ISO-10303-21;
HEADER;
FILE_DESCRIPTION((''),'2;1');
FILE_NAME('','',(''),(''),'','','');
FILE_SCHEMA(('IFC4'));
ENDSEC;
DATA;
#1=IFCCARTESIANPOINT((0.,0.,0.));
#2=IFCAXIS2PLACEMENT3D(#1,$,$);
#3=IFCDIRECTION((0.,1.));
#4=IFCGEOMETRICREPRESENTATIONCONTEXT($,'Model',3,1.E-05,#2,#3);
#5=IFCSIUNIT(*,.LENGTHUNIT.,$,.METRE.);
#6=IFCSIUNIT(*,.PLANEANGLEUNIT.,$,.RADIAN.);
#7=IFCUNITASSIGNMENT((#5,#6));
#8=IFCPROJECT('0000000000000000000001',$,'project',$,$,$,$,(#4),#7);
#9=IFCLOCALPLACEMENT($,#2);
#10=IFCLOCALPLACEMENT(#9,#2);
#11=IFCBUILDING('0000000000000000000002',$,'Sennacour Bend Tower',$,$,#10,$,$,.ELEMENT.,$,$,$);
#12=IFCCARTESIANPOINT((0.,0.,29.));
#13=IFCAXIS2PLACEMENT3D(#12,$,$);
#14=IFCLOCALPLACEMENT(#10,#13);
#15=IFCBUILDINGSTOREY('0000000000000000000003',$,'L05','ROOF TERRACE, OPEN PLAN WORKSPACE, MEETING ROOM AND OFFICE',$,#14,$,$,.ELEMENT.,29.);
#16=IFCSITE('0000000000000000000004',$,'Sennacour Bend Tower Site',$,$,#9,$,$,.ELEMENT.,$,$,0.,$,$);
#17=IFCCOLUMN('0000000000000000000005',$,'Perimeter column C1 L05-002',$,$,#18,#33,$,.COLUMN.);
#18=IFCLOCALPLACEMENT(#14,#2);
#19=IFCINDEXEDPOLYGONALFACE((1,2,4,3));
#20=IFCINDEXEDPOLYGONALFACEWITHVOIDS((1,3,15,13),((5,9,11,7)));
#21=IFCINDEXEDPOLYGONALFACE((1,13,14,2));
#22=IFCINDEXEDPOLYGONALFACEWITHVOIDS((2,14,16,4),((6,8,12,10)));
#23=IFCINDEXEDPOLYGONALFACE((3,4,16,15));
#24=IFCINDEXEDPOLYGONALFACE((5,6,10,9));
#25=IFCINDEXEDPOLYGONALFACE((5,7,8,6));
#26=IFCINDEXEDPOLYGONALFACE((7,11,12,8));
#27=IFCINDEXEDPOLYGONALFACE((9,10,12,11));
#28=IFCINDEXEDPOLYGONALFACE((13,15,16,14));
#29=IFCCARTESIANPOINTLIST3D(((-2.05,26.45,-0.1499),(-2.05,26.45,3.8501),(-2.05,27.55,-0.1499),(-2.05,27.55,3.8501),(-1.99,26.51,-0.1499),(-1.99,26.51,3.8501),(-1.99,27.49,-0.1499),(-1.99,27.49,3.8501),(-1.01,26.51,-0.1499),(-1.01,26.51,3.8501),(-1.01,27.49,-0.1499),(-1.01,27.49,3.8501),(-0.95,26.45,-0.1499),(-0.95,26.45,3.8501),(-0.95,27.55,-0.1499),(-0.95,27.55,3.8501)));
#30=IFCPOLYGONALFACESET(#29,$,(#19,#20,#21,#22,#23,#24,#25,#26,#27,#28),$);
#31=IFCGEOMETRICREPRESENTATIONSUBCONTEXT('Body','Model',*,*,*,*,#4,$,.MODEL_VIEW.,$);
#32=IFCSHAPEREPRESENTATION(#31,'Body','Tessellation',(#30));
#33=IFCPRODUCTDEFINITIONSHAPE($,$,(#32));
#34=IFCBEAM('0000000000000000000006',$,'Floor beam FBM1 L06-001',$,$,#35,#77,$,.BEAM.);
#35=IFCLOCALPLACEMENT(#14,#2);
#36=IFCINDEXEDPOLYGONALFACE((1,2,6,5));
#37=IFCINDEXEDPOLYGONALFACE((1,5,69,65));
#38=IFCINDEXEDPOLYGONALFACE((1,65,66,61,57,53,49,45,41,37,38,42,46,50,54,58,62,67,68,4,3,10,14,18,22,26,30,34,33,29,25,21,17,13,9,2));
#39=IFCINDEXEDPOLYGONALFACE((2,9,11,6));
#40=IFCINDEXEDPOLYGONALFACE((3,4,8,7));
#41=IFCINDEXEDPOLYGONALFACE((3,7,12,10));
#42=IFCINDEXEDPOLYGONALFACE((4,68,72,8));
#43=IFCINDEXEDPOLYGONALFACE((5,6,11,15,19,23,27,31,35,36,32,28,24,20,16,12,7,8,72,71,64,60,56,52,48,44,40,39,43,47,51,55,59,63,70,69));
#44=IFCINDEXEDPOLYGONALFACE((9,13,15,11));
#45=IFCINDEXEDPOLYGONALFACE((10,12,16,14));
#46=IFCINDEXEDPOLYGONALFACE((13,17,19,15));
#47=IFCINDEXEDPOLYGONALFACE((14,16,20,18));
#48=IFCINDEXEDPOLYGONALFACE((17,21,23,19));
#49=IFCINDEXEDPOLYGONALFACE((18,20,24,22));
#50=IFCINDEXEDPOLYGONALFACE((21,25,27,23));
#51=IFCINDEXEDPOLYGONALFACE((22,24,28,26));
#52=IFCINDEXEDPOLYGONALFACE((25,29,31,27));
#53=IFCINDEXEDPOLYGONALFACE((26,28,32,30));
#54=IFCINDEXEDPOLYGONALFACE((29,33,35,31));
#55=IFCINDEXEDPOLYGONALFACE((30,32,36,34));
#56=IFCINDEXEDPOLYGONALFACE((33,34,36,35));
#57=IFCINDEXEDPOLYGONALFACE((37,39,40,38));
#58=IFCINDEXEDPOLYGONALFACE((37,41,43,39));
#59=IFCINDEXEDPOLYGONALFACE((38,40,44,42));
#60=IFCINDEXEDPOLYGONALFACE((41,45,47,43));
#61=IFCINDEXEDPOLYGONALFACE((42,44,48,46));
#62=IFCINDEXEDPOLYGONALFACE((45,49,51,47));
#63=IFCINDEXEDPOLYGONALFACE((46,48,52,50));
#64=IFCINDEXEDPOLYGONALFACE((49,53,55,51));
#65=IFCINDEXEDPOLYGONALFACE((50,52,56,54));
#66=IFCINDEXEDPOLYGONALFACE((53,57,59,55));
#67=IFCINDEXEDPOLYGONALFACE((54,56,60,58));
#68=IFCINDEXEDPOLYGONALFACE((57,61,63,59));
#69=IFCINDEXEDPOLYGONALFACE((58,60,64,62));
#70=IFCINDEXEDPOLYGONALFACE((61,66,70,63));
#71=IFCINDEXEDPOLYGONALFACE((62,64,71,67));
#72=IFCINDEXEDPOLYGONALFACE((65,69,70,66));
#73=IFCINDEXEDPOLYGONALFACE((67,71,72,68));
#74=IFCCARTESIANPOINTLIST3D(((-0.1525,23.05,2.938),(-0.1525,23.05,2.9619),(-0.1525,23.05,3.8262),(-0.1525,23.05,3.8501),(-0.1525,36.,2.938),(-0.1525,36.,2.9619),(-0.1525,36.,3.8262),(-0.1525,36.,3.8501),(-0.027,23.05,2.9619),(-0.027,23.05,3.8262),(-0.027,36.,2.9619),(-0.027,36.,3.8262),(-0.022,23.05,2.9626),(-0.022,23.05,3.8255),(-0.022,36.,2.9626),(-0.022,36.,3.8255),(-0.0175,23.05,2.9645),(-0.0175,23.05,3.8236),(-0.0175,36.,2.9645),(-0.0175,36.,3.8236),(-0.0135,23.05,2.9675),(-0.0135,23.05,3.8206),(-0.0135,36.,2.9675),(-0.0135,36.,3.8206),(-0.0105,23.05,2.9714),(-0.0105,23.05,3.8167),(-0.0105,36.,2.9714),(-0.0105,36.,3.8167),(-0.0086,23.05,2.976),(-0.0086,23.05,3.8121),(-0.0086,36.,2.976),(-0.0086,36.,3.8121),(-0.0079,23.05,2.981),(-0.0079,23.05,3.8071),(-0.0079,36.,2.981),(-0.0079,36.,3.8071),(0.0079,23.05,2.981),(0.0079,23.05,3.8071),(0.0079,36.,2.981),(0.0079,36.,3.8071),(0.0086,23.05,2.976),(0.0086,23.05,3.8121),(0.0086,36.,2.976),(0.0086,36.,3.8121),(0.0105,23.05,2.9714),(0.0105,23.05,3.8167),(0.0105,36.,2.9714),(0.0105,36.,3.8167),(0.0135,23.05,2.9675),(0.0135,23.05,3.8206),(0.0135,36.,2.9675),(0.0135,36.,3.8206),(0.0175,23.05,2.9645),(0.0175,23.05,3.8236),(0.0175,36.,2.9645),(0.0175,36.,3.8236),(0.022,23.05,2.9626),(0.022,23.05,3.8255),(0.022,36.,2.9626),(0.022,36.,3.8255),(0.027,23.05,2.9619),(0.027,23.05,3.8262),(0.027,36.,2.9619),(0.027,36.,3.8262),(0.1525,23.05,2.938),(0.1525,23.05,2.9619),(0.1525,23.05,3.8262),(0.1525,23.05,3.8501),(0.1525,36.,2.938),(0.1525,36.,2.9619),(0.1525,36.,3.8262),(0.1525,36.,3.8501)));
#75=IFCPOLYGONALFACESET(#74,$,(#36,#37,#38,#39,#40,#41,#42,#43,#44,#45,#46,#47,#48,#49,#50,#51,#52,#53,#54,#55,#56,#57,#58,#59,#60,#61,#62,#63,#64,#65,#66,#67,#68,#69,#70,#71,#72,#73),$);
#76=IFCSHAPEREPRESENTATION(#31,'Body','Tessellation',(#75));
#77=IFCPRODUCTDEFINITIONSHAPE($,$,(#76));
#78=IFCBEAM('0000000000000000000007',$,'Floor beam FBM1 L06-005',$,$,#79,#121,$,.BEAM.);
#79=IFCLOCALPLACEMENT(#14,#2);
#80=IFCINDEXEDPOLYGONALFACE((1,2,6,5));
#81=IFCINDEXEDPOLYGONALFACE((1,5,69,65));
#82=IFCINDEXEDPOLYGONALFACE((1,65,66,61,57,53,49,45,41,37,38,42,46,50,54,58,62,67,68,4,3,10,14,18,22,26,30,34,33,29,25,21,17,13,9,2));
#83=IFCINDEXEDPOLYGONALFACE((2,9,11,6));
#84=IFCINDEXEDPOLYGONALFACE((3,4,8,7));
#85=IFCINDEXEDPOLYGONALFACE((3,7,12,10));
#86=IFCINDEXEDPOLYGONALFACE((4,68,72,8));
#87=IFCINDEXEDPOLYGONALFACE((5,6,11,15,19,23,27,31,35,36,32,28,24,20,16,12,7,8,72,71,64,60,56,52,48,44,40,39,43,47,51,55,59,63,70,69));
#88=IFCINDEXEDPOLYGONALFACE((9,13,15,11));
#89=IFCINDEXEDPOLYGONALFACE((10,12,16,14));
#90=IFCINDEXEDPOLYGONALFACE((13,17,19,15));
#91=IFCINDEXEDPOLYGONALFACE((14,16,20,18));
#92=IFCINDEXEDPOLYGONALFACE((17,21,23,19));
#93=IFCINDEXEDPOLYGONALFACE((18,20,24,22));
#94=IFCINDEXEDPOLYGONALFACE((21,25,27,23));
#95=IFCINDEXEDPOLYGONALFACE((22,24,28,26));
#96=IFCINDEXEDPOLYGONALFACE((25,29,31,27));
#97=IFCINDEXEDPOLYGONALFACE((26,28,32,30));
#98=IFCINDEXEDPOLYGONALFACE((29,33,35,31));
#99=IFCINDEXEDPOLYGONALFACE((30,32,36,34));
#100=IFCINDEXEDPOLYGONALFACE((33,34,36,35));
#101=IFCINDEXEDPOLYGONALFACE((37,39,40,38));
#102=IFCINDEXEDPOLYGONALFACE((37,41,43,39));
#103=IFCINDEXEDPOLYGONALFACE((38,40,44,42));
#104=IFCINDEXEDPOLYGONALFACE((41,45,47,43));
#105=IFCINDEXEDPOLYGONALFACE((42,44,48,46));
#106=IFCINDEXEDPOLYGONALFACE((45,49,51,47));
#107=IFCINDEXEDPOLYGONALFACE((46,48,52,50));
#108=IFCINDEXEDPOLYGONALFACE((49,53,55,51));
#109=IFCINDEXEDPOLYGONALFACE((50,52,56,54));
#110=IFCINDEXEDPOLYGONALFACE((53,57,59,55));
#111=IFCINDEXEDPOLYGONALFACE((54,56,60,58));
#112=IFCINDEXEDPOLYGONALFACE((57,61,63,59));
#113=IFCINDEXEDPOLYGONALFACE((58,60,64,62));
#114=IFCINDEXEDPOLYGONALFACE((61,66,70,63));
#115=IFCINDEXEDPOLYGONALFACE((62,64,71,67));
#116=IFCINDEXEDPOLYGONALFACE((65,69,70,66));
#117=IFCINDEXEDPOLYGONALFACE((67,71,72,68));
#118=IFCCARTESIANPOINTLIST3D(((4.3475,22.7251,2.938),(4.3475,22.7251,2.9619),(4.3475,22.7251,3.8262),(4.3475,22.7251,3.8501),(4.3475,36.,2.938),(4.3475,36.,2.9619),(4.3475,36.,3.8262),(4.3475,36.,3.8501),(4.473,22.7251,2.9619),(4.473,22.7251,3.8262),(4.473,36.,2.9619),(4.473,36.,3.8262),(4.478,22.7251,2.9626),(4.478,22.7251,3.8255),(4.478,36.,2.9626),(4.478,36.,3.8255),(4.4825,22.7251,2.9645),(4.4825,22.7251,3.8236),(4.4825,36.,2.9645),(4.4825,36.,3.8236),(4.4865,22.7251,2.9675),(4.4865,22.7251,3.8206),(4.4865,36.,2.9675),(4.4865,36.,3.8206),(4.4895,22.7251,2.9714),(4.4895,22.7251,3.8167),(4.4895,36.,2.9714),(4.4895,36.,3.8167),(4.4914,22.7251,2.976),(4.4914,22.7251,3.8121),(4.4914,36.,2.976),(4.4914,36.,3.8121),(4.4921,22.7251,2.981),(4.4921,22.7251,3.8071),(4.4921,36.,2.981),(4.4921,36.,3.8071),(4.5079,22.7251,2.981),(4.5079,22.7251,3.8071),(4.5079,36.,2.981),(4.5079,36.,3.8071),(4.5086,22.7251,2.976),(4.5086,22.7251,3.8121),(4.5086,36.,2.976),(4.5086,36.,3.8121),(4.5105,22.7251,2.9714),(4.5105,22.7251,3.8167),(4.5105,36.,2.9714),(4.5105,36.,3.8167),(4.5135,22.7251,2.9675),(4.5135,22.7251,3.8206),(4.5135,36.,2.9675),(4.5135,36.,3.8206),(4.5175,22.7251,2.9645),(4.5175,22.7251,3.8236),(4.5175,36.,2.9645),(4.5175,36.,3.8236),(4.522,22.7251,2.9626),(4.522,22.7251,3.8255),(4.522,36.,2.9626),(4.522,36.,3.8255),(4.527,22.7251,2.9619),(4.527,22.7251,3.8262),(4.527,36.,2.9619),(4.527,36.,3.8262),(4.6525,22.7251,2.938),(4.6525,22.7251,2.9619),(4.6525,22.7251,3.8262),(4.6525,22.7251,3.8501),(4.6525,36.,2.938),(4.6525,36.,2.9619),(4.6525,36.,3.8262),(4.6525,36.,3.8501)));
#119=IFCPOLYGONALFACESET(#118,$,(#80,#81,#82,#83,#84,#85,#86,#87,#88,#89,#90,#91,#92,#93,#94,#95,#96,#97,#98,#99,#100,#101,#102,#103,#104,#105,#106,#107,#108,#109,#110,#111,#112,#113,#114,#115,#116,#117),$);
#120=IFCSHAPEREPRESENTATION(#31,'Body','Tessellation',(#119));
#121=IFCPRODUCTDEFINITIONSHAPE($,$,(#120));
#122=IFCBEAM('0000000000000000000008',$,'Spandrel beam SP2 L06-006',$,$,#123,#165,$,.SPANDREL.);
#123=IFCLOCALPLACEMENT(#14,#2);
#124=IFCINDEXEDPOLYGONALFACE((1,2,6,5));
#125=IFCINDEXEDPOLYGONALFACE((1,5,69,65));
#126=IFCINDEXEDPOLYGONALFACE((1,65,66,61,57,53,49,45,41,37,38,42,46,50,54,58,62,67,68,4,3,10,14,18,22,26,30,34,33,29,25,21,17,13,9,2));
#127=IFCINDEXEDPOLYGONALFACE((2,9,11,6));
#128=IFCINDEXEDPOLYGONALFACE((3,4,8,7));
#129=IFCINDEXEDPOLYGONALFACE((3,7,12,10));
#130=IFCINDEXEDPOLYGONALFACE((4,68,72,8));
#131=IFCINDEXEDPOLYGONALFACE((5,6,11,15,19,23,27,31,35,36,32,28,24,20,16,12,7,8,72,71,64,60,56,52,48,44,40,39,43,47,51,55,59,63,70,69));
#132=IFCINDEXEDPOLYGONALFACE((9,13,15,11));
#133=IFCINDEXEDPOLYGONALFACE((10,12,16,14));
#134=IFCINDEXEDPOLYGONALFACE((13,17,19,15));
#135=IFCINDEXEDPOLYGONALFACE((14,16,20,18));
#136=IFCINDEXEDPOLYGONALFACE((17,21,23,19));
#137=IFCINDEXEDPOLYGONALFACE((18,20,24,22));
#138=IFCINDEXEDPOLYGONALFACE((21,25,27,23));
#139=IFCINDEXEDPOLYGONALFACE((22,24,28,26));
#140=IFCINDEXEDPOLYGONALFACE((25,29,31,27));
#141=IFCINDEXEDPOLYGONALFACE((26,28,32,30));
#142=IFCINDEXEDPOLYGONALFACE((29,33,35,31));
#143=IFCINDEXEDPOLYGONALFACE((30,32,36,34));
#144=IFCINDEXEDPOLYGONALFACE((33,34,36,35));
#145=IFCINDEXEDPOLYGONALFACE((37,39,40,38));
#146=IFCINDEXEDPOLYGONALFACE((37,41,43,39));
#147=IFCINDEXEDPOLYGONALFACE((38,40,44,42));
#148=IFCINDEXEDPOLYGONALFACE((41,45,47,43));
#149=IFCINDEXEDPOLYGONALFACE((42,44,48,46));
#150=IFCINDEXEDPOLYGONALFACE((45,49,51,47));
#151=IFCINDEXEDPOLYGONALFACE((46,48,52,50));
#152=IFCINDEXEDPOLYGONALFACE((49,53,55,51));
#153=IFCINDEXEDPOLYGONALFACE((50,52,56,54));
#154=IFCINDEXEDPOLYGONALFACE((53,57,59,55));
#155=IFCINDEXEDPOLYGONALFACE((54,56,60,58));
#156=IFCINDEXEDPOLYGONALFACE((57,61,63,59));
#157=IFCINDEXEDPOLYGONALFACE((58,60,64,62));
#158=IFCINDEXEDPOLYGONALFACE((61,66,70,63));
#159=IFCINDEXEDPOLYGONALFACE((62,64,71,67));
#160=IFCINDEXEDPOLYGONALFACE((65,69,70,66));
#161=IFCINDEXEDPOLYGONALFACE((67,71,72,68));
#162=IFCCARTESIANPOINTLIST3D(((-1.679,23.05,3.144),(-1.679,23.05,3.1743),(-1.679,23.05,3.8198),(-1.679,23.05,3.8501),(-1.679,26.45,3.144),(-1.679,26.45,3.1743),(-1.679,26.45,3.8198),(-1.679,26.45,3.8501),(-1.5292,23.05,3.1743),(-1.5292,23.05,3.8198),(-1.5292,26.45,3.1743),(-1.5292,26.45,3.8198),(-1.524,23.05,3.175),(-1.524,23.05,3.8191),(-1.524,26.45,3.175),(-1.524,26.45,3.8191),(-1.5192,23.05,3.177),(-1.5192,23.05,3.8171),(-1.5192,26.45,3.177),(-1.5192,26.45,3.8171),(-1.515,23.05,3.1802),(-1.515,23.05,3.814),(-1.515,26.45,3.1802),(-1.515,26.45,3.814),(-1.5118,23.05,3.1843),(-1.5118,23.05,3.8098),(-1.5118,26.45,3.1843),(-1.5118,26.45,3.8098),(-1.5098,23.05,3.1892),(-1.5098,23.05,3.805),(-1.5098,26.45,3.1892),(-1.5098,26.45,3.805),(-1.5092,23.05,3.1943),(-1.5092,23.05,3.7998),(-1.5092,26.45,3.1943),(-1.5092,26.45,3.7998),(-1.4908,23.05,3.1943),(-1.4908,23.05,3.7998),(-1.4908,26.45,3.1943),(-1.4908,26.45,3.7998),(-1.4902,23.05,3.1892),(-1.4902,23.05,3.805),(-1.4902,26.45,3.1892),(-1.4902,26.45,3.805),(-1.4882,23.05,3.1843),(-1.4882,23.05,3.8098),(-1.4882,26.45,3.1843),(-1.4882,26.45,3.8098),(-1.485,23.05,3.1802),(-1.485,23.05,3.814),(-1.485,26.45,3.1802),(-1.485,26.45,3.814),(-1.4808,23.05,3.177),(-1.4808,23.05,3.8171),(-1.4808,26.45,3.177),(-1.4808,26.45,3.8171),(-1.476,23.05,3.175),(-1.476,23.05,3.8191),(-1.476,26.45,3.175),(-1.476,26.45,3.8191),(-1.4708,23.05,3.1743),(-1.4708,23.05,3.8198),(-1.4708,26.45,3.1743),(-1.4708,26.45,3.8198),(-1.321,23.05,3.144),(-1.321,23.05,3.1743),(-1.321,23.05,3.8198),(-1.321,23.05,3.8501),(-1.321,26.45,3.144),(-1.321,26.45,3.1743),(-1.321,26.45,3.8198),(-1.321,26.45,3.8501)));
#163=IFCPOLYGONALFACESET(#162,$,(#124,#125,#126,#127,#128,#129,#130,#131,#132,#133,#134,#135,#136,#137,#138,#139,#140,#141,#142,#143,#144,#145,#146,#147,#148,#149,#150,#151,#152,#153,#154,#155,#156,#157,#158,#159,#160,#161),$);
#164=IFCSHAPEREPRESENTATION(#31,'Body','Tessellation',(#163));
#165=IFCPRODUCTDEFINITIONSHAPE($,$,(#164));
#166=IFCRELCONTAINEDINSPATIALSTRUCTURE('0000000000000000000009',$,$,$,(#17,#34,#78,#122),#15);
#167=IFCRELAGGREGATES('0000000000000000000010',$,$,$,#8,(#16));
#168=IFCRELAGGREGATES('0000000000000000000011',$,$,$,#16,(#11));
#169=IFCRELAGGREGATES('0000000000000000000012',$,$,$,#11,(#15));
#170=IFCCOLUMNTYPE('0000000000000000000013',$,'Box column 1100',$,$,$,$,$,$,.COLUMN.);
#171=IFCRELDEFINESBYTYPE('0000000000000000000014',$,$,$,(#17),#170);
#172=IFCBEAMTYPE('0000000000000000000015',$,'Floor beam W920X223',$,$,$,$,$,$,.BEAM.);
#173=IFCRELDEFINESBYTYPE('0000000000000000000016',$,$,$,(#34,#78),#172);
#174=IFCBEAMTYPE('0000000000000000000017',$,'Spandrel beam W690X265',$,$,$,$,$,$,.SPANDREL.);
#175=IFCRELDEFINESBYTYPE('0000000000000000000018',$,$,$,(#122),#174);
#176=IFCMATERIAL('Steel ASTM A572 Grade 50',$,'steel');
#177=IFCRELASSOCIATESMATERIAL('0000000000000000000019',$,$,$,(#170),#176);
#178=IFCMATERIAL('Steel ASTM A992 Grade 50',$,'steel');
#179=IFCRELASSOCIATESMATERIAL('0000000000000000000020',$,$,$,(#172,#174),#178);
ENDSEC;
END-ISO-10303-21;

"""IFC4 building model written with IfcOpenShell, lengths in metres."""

from ifc_helpers import new_model, si_unit, direction, frame, origin, origin_2d, place, context, subcontext, project, spatial, hollow_rectangle, i_section, extrude, material, material_profile, profile_set, type_object, element, save


model = new_model("IFC4")

# Units and contexts
model_context = context("Model", 3, precision=1e-05, world=origin(), true_north=direction((0.0, 1.0)))
body_context = subcontext(model_context, "Body", "Model", "MODEL_VIEW")
ifc_project = project(units=[si_unit("LENGTHUNIT", "METRE"), si_unit("PLANEANGLEUNIT", "RADIAN")], contexts=[model_context])

# Site, building, storey
site_placement = place(None, origin())
site = spatial("IfcSite", under=ifc_project, at=site_placement, Name="Sennacour Bend Tower Site", CompositionType="ELEMENT", RefElevation=0.0)
building_placement = place(site_placement, origin())
building = spatial("IfcBuilding", under=site, at=building_placement, Name="Sennacour Bend Tower", CompositionType="ELEMENT")
storey_placement = place(building_placement, frame((0.0, 0.0, 29.0)))
storey = spatial("IfcBuildingStorey", under=building, at=storey_placement, Name="L05", Description="ROOF TERRACE, OPEN PLAN WORKSPACE, MEETING ROOM AND OFFICE", CompositionType="ELEMENT", Elevation=29.0)

# Column
ifc_material_1 = material(Name="Steel ASTM A572 Grade 50", Category="steel")
ifc_material_profile_1 = material_profile(ifc_material_1, hollow_rectangle(XDim=1.1001, YDim=1.1001, WallThickness=0.0601, at=origin_2d()), Name="Steel ASTM A572 Grade 50", Category="steel")
ifc_profile_set_1 = profile_set([ifc_material_profile_1], Name="Steel ASTM A572 Grade 50")
column_type = type_object("IfcColumnType", Name="Box column 1100", PredefinedType="COLUMN", material=ifc_profile_set_1)
column_placement = place(storey_placement, frame((-1.5, 27.0, -0.1499), z_axis=(0.0, 0.0, 1.0), x_axis=(1.0, 0.0, 0.0)))
element("IfcColumn", 1, at=column_placement, inside=storey, type_object=column_type, Name="Perimeter column C1 L05-002", PredefinedType="COLUMN", context=body_context, shape_type="SweptSolid", body=[
    extrude(hollow_rectangle(XDim=1.1001, YDim=1.1001, WallThickness=0.0601, at=origin_2d()), origin(), (0.0, 0.0, 1.0), 4.0),
])

# Beams
ifc_material_2 = material(Name="Steel ASTM A992 Grade 50", Category="steel")
ifc_material_profile_2 = material_profile(ifc_material_2, i_section(OverallWidth=0.3049, OverallDepth=0.9121, WebThickness=0.0159, FlangeThickness=0.0239, FilletRadius=0.019, at=origin_2d()), Name="Steel ASTM A992 Grade 50", Category="steel")
ifc_profile_set_2 = profile_set([ifc_material_profile_2], Name="Steel ASTM A992 Grade 50")
beam_type_1 = type_object("IfcBeamType", Name="Floor beam W920X223", PredefinedType="BEAM", material=ifc_profile_set_2)
beam_1_placement = place(storey_placement, frame((0.0, 23.05, 3.394), z_axis=(0.0, 1.0, 0.0), x_axis=(-1.0, 0.0, 0.0)))
element("IfcBeam", 2, at=beam_1_placement, inside=storey, type_object=beam_type_1, Name="Floor beam FBM1 L06-001", PredefinedType="BEAM", context=body_context, shape_type="SweptSolid", body=[
    extrude(i_section(OverallWidth=0.3049, OverallDepth=0.9121, WebThickness=0.0159, FlangeThickness=0.0239, FilletRadius=0.019, at=origin_2d()), origin(), (0.0, 0.0, 1.0), 12.95),
])
beam_2_placement = place(storey_placement, frame((4.5, 22.7251, 3.394), z_axis=(0.0, 1.0, 0.0), x_axis=(-1.0, 0.0, 0.0)))
element("IfcBeam", 3, at=beam_2_placement, inside=storey, type_object=beam_type_1, Name="Floor beam FBM1 L06-005", PredefinedType="BEAM", context=body_context, shape_type="SweptSolid", body=[
    extrude(i_section(OverallWidth=0.3049, OverallDepth=0.9121, WebThickness=0.0159, FlangeThickness=0.0239, FilletRadius=0.019, at=origin_2d()), origin(), (0.0, 0.0, 1.0), 13.2749),
])
ifc_material_profile_3 = material_profile(ifc_material_2, i_section(OverallWidth=0.3579, OverallDepth=0.7061, WebThickness=0.0183, FlangeThickness=0.0303, FilletRadius=0.02, at=origin_2d()), Name="Steel ASTM A992 Grade 50", Category="steel")
ifc_profile_set_3 = profile_set([ifc_material_profile_3], Name="Steel ASTM A992 Grade 50")
beam_type_2 = type_object("IfcBeamType", Name="Spandrel beam W690X265", PredefinedType="SPANDREL", material=ifc_profile_set_3)
for number, where, z_axis, x_axis, name in (
    (4, (-1.5, 23.05, 3.4971), (0.0, 1.0, 0.0), (-1.0, 0.0, 0.0), "Spandrel beam SP2 L06-006"),
):
    element("IfcBeam", number, at=place(storey_placement, frame(where, z_axis=z_axis, x_axis=x_axis)), inside=storey, type_object=beam_type_2, Name=name, PredefinedType="SPANDREL", context=body_context, shape_type="SweptSolid", body=[
        extrude(i_section(OverallWidth=0.3579, OverallDepth=0.7061, WebThickness=0.0183, FlangeThickness=0.0303, FilletRadius=0.02, at=origin_2d()), origin(), (0.0, 0.0, 1.0), 3.3999),
    ])

save(model, "model.ifc")
